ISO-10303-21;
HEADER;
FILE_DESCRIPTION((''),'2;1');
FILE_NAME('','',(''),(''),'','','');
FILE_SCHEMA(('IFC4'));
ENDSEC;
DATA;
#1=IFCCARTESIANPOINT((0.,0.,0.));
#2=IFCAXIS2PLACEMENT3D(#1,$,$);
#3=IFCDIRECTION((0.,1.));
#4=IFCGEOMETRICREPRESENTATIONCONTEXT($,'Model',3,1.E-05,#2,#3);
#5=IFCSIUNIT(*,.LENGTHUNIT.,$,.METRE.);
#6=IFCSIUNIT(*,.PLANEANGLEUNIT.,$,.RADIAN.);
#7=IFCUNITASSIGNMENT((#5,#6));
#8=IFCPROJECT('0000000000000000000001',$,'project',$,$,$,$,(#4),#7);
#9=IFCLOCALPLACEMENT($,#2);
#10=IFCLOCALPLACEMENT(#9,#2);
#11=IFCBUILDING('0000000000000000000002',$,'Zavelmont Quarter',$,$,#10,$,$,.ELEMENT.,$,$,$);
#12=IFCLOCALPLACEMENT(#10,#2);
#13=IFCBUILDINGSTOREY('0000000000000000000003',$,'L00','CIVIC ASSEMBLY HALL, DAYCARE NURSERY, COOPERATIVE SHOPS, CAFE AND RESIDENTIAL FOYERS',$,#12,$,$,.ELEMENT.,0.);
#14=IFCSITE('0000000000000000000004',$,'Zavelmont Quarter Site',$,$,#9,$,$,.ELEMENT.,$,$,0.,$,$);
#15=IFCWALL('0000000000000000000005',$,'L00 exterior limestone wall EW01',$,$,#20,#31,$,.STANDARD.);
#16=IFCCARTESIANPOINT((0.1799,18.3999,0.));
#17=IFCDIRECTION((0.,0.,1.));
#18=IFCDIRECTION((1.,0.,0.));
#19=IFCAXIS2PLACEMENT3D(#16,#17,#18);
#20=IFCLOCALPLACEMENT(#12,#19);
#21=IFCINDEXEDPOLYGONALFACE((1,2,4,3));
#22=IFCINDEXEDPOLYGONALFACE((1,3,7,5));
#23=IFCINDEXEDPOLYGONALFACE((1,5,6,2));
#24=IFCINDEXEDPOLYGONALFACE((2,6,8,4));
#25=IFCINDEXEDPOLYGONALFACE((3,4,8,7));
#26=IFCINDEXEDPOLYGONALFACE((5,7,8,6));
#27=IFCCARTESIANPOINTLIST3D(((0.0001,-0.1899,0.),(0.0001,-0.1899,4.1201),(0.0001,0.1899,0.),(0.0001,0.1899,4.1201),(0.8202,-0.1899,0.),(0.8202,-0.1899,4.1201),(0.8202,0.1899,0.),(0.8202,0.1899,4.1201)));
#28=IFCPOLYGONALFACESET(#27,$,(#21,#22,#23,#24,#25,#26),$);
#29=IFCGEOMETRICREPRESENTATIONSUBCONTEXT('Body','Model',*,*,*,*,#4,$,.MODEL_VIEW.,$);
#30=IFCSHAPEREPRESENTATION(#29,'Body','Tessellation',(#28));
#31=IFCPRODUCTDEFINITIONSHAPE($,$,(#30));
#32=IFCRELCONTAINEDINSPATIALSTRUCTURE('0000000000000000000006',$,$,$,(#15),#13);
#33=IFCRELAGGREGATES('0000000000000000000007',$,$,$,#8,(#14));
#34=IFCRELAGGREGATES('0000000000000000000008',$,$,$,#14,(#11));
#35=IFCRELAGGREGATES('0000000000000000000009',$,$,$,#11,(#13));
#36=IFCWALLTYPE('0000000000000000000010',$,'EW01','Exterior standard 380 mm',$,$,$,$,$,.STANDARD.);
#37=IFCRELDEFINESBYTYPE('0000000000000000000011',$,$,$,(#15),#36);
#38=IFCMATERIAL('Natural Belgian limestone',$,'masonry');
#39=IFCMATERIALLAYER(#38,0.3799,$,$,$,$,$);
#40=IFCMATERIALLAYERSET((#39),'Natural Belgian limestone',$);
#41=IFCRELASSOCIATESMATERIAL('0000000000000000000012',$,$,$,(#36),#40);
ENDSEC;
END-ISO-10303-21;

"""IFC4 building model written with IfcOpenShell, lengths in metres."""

from ifc_helpers import new_model, si_unit, direction, frame, frame_2d, origin, place, context, subcontext, project, spatial, rectangle, extrude, material, layer, layer_set, type_object, element, save


model = new_model("IFC4")

# Units and contexts
model_context = context("Model", 3, precision=1e-05, world=origin(), true_north=direction((0.0, 1.0)))
body_context = subcontext(model_context, "Body", "Model", "MODEL_VIEW")
ifc_project = project(units=[si_unit("LENGTHUNIT", "METRE"), si_unit("PLANEANGLEUNIT", "RADIAN")], contexts=[model_context])

# Site, building, storey
site_placement = place(None, origin())
site = spatial("IfcSite", under=ifc_project, at=site_placement, Name="Zavelmont Quarter Site", CompositionType="ELEMENT", RefElevation=0.0)
building_placement = place(site_placement, origin())
building = spatial("IfcBuilding", under=site, at=building_placement, Name="Zavelmont Quarter", CompositionType="ELEMENT")
storey_placement = place(building_placement, origin())
storey = spatial("IfcBuildingStorey", under=building, at=storey_placement, Name="L00", Description="CIVIC ASSEMBLY HALL, DAYCARE NURSERY, COOPERATIVE SHOPS, CAFE AND RESIDENTIAL FOYERS", CompositionType="ELEMENT", Elevation=0.0)

# Wall
ifc_material_1 = material(Name="Natural Belgian limestone", Category="masonry")
ifc_layer_1 = layer(ifc_material_1, 0.3799)
ifc_layer_set_1 = layer_set([ifc_layer_1], Name="Natural Belgian limestone")
wall_type_1 = type_object("IfcWallType", Name="EW01", Description="Exterior standard 380 mm", PredefinedType="STANDARD", material=ifc_layer_set_1)
wall_1_placement = place(storey_placement, frame((0.1799, 18.3999, 0.0), z_axis=(0.0, 0.0, 1.0), x_axis=(1.0, 0.0, 0.0)))
element("IfcWall", 1, at=wall_1_placement, inside=storey, type_object=wall_type_1, Name="L00 exterior limestone wall EW01", PredefinedType="STANDARD", context=body_context, shape_type="SweptSolid", body=[
    extrude(rectangle(XDim=0.8201, YDim=0.3799, at=frame_2d((0.4102, 0.0))), origin(), (0.0, 0.0, 1.0), 4.1201),
])

save(model, "model.ifc")
